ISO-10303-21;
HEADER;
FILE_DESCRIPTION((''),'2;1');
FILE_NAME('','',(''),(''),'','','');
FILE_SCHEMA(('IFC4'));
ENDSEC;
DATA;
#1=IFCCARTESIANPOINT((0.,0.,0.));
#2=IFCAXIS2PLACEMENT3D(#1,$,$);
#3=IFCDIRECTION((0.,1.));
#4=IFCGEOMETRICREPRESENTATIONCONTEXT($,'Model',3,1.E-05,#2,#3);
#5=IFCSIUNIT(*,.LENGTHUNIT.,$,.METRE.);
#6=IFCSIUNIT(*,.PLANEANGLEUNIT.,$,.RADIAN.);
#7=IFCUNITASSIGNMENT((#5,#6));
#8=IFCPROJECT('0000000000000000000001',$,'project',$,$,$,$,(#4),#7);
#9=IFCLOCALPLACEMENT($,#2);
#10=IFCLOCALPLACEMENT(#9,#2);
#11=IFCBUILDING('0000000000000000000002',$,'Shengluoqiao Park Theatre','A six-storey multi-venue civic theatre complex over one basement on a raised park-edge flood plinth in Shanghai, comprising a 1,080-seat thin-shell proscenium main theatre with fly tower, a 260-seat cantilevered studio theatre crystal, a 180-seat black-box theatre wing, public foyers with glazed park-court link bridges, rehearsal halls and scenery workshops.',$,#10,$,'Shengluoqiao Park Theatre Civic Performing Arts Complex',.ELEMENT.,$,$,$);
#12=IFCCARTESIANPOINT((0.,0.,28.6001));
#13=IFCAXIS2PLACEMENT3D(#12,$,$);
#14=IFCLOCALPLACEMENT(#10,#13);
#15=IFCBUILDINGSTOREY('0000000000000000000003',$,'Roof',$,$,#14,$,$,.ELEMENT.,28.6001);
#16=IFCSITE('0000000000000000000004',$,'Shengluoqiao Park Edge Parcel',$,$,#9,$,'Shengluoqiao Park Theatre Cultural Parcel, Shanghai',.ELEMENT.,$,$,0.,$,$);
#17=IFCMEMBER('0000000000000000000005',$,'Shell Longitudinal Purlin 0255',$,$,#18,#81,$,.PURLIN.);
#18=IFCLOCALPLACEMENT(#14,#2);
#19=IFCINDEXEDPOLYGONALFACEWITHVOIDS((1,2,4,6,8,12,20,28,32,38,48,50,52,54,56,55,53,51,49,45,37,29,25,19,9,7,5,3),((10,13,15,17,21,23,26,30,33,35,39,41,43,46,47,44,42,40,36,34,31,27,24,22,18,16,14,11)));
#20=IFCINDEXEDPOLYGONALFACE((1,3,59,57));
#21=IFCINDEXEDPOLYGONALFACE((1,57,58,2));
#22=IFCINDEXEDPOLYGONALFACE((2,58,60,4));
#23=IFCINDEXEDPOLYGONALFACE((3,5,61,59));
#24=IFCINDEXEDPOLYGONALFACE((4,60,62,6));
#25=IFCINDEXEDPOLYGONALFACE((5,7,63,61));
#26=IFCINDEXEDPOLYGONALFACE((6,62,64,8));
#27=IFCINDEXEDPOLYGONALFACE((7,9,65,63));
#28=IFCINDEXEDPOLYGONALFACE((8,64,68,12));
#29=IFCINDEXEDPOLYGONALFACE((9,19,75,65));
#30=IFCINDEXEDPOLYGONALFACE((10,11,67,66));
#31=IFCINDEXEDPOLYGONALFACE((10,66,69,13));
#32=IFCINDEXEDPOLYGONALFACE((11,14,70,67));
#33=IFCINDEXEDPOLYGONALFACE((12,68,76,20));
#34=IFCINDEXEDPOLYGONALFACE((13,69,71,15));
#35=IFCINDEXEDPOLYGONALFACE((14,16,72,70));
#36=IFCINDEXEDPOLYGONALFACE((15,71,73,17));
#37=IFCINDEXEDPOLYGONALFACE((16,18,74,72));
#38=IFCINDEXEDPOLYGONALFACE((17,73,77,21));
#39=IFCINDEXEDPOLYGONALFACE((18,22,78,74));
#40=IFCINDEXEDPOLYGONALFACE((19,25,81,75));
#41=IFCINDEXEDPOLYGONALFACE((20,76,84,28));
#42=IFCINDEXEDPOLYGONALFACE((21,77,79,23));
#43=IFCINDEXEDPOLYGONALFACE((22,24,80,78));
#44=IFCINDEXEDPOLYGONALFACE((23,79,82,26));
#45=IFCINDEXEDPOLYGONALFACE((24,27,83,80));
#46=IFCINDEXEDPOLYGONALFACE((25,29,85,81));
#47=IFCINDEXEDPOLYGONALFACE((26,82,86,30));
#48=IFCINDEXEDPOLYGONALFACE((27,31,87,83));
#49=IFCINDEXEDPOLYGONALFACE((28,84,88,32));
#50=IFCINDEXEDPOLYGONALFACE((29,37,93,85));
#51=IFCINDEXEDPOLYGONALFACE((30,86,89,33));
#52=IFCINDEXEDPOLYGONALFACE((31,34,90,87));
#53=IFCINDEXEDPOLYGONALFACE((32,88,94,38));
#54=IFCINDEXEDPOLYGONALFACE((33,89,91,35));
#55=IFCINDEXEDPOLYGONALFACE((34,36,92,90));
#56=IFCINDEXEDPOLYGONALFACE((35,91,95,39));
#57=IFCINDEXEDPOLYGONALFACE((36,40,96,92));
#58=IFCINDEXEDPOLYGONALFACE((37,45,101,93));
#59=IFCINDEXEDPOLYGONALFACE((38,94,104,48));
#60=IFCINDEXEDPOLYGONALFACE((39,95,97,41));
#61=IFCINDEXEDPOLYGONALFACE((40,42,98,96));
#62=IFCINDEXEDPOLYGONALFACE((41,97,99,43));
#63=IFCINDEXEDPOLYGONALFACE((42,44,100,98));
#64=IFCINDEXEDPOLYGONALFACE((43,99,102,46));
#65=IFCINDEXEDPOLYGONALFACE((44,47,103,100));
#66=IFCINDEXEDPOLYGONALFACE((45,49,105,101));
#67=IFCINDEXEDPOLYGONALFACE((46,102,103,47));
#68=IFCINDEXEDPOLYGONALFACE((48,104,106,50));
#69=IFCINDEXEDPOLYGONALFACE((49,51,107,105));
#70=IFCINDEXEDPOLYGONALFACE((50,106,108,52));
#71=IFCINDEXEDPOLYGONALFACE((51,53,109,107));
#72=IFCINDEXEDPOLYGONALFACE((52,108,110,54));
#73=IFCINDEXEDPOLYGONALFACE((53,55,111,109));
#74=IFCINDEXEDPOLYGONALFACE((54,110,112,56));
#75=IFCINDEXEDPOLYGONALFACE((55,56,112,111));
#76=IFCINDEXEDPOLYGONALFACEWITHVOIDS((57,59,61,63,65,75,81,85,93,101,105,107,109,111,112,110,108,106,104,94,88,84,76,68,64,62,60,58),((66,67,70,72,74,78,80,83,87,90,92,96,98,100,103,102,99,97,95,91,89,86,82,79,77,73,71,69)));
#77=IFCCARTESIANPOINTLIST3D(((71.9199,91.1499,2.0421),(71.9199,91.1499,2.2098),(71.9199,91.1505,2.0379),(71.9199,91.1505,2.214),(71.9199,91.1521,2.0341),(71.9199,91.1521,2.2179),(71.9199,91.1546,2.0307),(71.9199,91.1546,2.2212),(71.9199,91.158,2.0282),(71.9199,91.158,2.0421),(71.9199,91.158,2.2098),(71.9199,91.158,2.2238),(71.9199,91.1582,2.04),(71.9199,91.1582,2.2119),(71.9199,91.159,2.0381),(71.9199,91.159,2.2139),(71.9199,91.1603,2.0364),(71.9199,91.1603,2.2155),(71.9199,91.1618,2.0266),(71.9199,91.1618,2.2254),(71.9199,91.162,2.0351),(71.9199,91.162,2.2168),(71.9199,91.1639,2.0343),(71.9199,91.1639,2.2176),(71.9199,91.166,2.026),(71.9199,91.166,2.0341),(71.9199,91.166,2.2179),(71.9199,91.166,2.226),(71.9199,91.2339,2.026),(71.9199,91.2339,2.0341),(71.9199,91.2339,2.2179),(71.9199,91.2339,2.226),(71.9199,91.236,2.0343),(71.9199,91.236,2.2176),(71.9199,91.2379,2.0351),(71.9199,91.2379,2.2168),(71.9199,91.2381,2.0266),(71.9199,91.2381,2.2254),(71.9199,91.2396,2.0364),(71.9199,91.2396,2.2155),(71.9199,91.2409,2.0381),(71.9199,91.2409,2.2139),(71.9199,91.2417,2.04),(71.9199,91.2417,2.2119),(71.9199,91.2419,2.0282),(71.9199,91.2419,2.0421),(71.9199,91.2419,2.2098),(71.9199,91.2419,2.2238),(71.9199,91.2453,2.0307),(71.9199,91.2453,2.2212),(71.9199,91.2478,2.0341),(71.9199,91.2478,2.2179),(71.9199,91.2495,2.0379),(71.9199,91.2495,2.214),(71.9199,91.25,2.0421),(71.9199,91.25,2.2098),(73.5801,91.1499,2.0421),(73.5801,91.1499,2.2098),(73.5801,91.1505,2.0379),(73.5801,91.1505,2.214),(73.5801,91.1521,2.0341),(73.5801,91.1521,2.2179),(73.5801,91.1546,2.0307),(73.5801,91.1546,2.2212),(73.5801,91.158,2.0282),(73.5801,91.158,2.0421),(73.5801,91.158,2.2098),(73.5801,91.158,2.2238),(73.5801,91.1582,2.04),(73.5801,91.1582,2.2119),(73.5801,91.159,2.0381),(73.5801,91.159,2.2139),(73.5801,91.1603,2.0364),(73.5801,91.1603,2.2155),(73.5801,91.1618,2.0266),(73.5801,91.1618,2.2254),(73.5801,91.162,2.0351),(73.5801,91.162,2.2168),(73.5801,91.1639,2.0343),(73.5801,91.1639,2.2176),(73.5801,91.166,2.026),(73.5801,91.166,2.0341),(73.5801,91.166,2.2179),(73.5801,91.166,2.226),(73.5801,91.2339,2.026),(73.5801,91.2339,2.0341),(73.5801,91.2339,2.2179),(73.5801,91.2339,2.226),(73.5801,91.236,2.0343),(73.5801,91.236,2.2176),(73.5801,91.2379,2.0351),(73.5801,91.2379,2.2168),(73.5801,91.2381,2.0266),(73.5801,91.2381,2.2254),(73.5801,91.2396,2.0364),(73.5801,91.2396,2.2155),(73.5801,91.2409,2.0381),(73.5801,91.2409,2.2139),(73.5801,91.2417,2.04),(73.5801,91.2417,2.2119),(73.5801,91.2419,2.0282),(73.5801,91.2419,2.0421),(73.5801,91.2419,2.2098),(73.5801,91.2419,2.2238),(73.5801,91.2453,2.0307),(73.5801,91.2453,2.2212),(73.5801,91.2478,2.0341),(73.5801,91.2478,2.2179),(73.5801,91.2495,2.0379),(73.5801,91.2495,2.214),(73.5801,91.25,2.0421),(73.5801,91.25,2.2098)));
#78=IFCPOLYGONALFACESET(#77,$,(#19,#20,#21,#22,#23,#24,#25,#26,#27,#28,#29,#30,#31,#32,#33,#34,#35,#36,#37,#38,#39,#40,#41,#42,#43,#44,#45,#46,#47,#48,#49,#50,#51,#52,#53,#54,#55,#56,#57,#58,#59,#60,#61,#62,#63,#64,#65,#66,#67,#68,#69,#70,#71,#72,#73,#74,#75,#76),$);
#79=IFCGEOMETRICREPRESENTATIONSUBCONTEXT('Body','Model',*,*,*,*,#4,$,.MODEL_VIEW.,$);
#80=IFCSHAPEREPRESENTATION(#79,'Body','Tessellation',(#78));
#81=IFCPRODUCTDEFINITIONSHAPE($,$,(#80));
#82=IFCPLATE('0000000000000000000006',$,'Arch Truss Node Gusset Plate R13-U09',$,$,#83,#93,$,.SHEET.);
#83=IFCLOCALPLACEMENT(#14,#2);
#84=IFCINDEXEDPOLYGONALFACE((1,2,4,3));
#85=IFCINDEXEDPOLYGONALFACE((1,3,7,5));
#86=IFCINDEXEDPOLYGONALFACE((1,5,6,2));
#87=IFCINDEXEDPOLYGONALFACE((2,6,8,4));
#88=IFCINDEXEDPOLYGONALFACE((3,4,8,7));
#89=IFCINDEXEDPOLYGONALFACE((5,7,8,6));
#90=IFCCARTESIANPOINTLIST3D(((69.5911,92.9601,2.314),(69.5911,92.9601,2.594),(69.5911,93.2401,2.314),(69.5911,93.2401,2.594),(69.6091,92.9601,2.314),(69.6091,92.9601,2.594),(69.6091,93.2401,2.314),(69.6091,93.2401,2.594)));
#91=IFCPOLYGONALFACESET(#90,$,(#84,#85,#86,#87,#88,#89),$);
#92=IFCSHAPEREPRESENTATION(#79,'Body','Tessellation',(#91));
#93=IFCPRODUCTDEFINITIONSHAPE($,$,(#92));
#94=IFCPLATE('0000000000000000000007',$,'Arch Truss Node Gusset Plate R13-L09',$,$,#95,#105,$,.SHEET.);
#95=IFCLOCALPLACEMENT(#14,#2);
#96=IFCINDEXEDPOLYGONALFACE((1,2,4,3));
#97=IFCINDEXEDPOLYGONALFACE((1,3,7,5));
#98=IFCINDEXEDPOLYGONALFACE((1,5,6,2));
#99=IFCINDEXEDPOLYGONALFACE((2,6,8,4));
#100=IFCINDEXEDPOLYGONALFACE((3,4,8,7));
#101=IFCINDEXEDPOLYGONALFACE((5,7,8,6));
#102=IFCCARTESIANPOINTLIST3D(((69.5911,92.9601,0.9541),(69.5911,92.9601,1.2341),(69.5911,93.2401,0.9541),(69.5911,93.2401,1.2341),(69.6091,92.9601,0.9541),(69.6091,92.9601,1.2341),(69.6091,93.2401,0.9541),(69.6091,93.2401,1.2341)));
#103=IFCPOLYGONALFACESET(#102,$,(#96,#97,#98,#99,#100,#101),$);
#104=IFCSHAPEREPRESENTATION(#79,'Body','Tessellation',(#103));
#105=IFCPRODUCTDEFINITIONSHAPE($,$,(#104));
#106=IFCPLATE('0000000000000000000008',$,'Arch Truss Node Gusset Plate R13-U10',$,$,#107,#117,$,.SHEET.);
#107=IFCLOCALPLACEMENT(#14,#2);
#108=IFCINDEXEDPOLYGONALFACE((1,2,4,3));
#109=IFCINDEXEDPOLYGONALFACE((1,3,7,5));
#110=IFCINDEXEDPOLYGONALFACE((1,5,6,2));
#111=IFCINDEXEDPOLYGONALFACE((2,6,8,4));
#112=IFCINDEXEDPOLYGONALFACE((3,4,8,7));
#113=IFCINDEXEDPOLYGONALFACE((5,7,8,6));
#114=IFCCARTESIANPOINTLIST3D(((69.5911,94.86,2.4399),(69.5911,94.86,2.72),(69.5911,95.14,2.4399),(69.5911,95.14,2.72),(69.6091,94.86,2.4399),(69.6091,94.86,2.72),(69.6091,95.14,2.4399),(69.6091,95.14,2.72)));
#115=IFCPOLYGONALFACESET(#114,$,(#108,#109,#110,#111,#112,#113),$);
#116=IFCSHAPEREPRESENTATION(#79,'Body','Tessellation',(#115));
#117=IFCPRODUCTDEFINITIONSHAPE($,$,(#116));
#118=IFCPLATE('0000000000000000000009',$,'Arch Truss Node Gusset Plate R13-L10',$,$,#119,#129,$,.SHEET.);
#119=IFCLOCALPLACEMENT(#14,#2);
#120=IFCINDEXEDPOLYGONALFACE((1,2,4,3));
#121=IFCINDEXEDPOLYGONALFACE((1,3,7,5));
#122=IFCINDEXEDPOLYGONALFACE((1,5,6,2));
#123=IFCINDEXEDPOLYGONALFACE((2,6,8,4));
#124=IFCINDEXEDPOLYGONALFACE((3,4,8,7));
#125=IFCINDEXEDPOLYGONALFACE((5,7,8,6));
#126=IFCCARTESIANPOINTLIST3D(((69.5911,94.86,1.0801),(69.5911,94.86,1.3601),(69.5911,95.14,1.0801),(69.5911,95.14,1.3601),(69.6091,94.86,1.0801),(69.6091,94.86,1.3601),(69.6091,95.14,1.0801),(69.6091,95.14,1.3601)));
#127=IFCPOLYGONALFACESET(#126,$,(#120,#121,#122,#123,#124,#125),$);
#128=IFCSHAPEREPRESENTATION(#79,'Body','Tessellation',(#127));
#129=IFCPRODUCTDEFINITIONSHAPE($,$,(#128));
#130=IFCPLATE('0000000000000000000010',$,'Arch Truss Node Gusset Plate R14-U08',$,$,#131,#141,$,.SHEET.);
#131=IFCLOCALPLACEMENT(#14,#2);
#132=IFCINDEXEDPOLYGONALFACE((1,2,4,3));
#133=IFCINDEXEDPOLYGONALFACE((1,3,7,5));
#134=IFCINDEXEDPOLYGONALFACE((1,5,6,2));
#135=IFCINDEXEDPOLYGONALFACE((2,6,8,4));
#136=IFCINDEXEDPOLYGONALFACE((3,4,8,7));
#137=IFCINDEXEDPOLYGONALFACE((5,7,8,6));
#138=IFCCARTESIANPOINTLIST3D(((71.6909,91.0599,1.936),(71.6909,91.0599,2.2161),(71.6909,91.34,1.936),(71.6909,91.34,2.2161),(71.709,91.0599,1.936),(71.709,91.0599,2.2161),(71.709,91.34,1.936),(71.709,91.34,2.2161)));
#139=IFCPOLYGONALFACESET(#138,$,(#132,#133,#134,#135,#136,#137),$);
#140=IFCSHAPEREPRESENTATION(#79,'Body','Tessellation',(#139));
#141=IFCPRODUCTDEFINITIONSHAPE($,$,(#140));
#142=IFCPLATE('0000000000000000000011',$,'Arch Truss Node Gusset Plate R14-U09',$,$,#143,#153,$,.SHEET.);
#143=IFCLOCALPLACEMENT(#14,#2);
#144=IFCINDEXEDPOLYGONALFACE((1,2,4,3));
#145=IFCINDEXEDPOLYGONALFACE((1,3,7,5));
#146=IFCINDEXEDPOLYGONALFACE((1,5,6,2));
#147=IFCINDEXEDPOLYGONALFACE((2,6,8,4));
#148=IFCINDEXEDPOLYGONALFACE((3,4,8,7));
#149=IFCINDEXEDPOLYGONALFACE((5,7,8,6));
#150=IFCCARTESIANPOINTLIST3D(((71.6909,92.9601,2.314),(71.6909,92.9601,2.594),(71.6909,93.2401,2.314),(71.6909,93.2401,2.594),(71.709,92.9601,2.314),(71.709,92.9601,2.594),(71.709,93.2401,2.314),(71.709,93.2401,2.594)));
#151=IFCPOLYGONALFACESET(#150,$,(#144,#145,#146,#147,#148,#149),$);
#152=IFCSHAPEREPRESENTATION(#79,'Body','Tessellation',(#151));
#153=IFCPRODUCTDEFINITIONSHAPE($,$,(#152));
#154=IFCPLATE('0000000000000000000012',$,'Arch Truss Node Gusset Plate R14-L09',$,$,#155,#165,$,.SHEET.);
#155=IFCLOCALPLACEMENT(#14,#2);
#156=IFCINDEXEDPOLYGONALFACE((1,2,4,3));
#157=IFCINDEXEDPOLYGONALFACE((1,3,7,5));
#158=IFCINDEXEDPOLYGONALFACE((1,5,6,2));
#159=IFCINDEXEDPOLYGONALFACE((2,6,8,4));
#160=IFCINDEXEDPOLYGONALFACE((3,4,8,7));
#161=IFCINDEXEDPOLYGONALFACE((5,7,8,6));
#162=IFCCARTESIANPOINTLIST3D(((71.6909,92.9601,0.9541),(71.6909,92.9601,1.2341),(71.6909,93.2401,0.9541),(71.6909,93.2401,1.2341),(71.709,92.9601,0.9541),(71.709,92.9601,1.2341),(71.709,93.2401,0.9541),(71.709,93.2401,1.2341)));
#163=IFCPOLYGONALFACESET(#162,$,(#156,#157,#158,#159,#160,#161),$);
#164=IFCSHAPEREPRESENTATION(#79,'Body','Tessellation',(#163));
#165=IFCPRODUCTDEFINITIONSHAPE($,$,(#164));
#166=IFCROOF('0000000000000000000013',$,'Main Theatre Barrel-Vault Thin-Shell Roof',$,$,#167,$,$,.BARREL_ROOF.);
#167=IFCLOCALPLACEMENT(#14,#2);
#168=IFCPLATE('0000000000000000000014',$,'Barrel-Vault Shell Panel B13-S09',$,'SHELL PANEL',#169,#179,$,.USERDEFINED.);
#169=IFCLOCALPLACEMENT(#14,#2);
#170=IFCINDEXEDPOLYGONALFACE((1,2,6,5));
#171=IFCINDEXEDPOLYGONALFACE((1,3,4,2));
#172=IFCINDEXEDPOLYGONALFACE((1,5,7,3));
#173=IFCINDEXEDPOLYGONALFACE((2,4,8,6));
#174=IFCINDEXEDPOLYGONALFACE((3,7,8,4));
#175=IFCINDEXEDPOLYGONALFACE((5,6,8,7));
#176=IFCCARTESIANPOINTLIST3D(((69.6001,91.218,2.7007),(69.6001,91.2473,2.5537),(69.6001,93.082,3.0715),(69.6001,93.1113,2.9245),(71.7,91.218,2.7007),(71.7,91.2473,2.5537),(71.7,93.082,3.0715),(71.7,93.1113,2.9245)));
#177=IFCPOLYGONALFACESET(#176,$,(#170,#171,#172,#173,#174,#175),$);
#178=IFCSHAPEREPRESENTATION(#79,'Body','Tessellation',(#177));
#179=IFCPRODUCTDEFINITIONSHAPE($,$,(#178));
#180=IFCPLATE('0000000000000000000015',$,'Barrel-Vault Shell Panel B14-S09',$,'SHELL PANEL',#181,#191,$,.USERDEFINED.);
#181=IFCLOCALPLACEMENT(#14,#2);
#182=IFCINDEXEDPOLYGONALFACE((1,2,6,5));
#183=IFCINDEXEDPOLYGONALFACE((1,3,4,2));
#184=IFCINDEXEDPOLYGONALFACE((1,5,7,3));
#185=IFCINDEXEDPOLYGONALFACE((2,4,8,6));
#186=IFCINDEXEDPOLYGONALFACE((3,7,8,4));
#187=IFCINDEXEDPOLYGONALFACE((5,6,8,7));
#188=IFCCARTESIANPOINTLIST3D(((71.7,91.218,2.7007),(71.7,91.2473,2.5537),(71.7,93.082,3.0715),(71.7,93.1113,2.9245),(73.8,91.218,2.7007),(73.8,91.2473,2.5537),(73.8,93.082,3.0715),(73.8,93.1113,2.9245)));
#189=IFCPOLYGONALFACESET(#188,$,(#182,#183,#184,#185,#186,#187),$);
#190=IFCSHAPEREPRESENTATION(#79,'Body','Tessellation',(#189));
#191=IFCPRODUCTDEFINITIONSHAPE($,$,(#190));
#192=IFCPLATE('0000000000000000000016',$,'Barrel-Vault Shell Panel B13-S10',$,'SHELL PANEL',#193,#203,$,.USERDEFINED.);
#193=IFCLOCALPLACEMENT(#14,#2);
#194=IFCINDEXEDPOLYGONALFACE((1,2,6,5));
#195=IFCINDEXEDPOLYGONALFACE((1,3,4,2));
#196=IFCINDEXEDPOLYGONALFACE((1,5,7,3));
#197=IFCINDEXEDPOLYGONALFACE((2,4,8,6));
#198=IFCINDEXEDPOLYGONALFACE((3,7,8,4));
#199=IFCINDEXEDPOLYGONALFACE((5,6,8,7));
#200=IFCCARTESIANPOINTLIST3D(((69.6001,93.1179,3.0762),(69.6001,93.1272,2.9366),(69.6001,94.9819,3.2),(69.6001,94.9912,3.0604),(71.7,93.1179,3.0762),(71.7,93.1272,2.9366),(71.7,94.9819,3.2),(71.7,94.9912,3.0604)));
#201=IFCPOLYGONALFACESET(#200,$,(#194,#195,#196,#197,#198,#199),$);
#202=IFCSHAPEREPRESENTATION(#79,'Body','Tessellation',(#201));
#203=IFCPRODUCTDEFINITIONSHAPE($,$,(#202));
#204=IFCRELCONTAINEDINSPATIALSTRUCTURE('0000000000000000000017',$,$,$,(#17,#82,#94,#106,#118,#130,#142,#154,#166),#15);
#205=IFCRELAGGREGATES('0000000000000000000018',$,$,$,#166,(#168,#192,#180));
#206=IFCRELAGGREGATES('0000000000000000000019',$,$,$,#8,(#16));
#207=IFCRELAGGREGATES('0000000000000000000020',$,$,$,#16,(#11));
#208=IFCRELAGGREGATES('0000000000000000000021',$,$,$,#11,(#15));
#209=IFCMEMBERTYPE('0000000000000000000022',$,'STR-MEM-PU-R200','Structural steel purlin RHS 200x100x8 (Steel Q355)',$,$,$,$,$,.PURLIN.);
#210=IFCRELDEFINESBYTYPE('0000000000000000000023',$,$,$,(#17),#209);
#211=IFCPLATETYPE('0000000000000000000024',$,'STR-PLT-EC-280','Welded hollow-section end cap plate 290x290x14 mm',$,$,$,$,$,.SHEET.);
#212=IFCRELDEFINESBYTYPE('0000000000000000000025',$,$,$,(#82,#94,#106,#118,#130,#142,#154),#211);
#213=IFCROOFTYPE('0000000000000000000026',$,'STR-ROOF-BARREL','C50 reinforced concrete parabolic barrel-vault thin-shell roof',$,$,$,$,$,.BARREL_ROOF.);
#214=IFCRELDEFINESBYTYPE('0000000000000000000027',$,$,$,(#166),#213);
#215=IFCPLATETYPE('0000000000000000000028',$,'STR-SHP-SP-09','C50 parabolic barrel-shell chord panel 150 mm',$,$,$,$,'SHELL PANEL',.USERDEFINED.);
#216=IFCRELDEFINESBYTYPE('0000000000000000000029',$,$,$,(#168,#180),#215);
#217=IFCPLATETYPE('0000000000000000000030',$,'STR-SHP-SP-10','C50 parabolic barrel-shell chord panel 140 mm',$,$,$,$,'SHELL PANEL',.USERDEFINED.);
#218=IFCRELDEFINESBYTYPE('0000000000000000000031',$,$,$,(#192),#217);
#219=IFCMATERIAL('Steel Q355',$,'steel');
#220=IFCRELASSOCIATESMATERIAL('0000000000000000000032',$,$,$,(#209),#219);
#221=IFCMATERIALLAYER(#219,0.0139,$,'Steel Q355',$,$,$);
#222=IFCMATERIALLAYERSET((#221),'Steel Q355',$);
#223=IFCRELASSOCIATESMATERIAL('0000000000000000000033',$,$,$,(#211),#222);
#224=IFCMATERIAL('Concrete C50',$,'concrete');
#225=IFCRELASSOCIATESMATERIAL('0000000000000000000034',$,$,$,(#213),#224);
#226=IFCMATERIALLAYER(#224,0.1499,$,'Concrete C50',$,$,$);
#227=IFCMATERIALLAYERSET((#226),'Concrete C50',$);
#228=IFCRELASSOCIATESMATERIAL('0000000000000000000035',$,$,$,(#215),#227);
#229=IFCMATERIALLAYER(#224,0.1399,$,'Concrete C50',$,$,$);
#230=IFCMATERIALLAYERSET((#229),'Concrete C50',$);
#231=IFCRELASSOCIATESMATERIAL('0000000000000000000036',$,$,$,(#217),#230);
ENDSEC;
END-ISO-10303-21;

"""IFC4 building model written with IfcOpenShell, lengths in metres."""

from ifc_helpers import new_model, si_unit, direction, frame, origin, origin_2d, place, context, subcontext, project, spatial, polyline, rectangle, hollow_rectangle, outline, extrude, material, layer, layer_set, material_profile, profile_set, type_object, element, aggregate, save


model = new_model("IFC4")

# Units and contexts
model_context = context("Model", 3, precision=1e-05, world=origin(), true_north=direction((0.0, 1.0)))
body_context = subcontext(model_context, "Body", "Model", "MODEL_VIEW")
ifc_project = project(units=[si_unit("LENGTHUNIT", "METRE"), si_unit("PLANEANGLEUNIT", "RADIAN")], contexts=[model_context])

# Site, building, storey
site_placement = place(None, origin())
site = spatial("IfcSite", under=ifc_project, at=site_placement, Name="Shengluoqiao Park Edge Parcel", LongName="Shengluoqiao Park Theatre Cultural Parcel, Shanghai", CompositionType="ELEMENT", RefElevation=0.0)
building_placement = place(site_placement, origin())
building = spatial("IfcBuilding", under=site, at=building_placement, Name="Shengluoqiao Park Theatre", Description="A six-storey multi-venue civic theatre complex over one basement on a raised park-edge flood plinth in Shanghai, comprising a 1,080-seat thin-shell proscenium main theatre with fly tower, a 260-seat cantilevered studio theatre crystal, a 180-seat black-box theatre wing, public foyers with glazed park-court link bridges, rehearsal halls and scenery workshops.", LongName="Shengluoqiao Park Theatre Civic Performing Arts Complex", CompositionType="ELEMENT")
storey_placement = place(building_placement, frame((0.0, 0.0, 28.6001)))
storey = spatial("IfcBuildingStorey", under=building, at=storey_placement, Name="Roof", CompositionType="ELEMENT", Elevation=28.6001)

# Shared definitions
ifc_material_1 = material(Name="Concrete C50", Category="concrete")
ifc_material_2 = material(Name="Steel Q355", Category="steel")

# Member
ifc_material_profile_1 = material_profile(ifc_material_2, hollow_rectangle(XDim=0.1001, YDim=0.2, WallThickness=0.0081, InnerFilletRadius=0.0081, OuterFilletRadius=0.0161, at=origin_2d()), Name="RHS 200x100x8")
ifc_profile_set_1 = profile_set([ifc_material_profile_1], Name="Steel Q355")
member_type_1 = type_object("IfcMemberType", Name="STR-MEM-PU-R200", Description="Structural steel purlin RHS 200x100x8 (Steel Q355)", PredefinedType="PURLIN", material=ifc_profile_set_1)
member_1_placement = place(storey_placement, frame((71.9199, 91.2, 2.126), z_axis=(1.0, 0.0, 0.0), x_axis=(0.0, 1.0, 0.0)))
element("IfcMember", 1, at=member_1_placement, inside=storey, type_object=member_type_1, Name="Shell Longitudinal Purlin 0255", PredefinedType="PURLIN", context=body_context, shape_type="SweptSolid", body=[
    extrude(hollow_rectangle(XDim=0.1001, YDim=0.2, WallThickness=0.0081, InnerFilletRadius=0.0081, OuterFilletRadius=0.0161, at=origin_2d()), origin(), (0.0, 0.0, 1.0), 1.6602),
])

# Plates
ifc_layer_1 = layer(ifc_material_2, 0.0139, Name="Steel Q355")
ifc_layer_set_1 = layer_set([ifc_layer_1], Name="Steel Q355")
plate_type_1 = type_object("IfcPlateType", Name="STR-PLT-EC-280", Description="Welded hollow-section end cap plate 290x290x14 mm", PredefinedType="SHEET", material=ifc_layer_set_1)
for number, where, z_axis, x_axis, name in (
    (2, (69.6001, 93.1001, 2.314), (0.0, 0.0, 1.0), (1.0, 0.0, 0.0), "Arch Truss Node Gusset Plate R13-U09"),
    (3, (69.6001, 93.1001, 0.9541), (0.0, 0.0, 1.0), (1.0, 0.0, 0.0), "Arch Truss Node Gusset Plate R13-L09"),
    (4, (69.6001, 95.0, 2.4399), (0.0, 0.0, 1.0), (1.0, 0.0, 0.0), "Arch Truss Node Gusset Plate R13-U10"),
    (5, (69.6001, 95.0, 1.0801), (0.0, 0.0, 1.0), (1.0, 0.0, 0.0), "Arch Truss Node Gusset Plate R13-L10"),
    (6, (71.7, 91.2, 1.936), (0.0, 0.0, 1.0), (1.0, 0.0, 0.0), "Arch Truss Node Gusset Plate R14-U08"),
    (7, (71.7, 93.1001, 2.314), (0.0, 0.0, 1.0), (1.0, 0.0, 0.0), "Arch Truss Node Gusset Plate R14-U09"),
    (8, (71.7, 93.1001, 0.9541), (0.0, 0.0, 1.0), (1.0, 0.0, 0.0), "Arch Truss Node Gusset Plate R14-L09"),
):
    element("IfcPlate", number, at=place(storey_placement, frame(where, z_axis=z_axis, x_axis=x_axis)), inside=storey, type_object=plate_type_1, Name=name, PredefinedType="SHEET", context=body_context, shape_type="SweptSolid", body=[
        extrude(rectangle(XDim=0.0181, YDim=0.28, at=origin_2d()), origin(), (0.0, 0.0, 1.0), 0.28),
    ])

# Roof, plates
roof_type = type_object("IfcRoofType", Name="STR-ROOF-BARREL", Description="C50 reinforced concrete parabolic barrel-vault thin-shell roof", PredefinedType="BARREL_ROOF", material=ifc_material_1)
roof_placement = place(storey_placement, origin())
roof = element("IfcRoof", 9, at=roof_placement, inside=storey, type_object=roof_type, Name="Main Theatre Barrel-Vault Thin-Shell Roof", PredefinedType="BARREL_ROOF")
ifc_layer_2 = layer(ifc_material_1, 0.1499, Name="Concrete C50")
ifc_layer_set_2 = layer_set([ifc_layer_2], Name="Concrete C50")
plate_type_2 = type_object("IfcPlateType", Name="STR-SHP-SP-09", Description="C50 parabolic barrel-shell chord panel 150 mm", ElementType="SHELL PANEL", PredefinedType="USERDEFINED", material=ifc_layer_set_2)
plate_1_placement = place(storey_placement, frame((69.6001, 91.218, 2.7007), z_axis=(0.0, -0.195128, 0.980778), x_axis=(1.0, 0.0, 0.0)))
plate_1 = element("IfcPlate", 10, at=plate_1_placement, type_object=plate_type_2, Name="Barrel-Vault Shell Panel B13-S09", ObjectType="SHELL PANEL", PredefinedType="USERDEFINED", context=body_context, shape_type="SweptSolid", body=[
    extrude(outline(polyline([(0.0, 0.0), (2.0999, 0.0), (2.0999, 1.9005), (0.0, 1.9005), (0.0, 0.0)])), origin(), (0.0, 0.0, -1.0), 0.1499),
])
plate_2_placement = place(storey_placement, frame((71.7, 91.218, 2.7007), z_axis=(0.0, -0.195128, 0.980778), x_axis=(1.0, 0.0, 0.0)))
plate_2 = element("IfcPlate", 11, at=plate_2_placement, type_object=plate_type_2, Name="Barrel-Vault Shell Panel B14-S09", ObjectType="SHELL PANEL", PredefinedType="USERDEFINED", context=body_context, shape_type="SweptSolid", body=[
    extrude(outline(polyline([(0.0, 0.0), (2.1001, 0.0), (2.1001, 1.9005), (0.0, 1.9005), (0.0, 0.0)])), origin(), (0.0, 0.0, -1.0), 0.1499),
])
ifc_layer_3 = layer(ifc_material_1, 0.1399, Name="Concrete C50")
ifc_layer_set_3 = layer_set([ifc_layer_3], Name="Concrete C50")
plate_type_3 = type_object("IfcPlateType", Name="STR-SHP-SP-10", Description="C50 parabolic barrel-shell chord panel 140 mm", ElementType="SHELL PANEL", PredefinedType="USERDEFINED", material=ifc_layer_set_3)
plate_3_placement = place(storey_placement, frame((69.6001, 93.1179, 3.0762), z_axis=(0.0, -0.066259, 0.997802), x_axis=(1.0, 0.0, 0.0)))
plate_3 = element("IfcPlate", 12, at=plate_3_placement, type_object=plate_type_3, Name="Barrel-Vault Shell Panel B13-S10", ObjectType="SHELL PANEL", PredefinedType="USERDEFINED", context=body_context, shape_type="SweptSolid", body=[
    extrude(outline(polyline([(0.0, 0.0), (2.0999, 0.0), (2.0999, 1.8681), (0.0, 1.8681), (0.0, 0.0)])), origin(), (0.0, 0.0, -1.0), 0.1399),
])
aggregate(roof, [plate_1, plate_3, plate_2])

save(model, "model.ifc")
